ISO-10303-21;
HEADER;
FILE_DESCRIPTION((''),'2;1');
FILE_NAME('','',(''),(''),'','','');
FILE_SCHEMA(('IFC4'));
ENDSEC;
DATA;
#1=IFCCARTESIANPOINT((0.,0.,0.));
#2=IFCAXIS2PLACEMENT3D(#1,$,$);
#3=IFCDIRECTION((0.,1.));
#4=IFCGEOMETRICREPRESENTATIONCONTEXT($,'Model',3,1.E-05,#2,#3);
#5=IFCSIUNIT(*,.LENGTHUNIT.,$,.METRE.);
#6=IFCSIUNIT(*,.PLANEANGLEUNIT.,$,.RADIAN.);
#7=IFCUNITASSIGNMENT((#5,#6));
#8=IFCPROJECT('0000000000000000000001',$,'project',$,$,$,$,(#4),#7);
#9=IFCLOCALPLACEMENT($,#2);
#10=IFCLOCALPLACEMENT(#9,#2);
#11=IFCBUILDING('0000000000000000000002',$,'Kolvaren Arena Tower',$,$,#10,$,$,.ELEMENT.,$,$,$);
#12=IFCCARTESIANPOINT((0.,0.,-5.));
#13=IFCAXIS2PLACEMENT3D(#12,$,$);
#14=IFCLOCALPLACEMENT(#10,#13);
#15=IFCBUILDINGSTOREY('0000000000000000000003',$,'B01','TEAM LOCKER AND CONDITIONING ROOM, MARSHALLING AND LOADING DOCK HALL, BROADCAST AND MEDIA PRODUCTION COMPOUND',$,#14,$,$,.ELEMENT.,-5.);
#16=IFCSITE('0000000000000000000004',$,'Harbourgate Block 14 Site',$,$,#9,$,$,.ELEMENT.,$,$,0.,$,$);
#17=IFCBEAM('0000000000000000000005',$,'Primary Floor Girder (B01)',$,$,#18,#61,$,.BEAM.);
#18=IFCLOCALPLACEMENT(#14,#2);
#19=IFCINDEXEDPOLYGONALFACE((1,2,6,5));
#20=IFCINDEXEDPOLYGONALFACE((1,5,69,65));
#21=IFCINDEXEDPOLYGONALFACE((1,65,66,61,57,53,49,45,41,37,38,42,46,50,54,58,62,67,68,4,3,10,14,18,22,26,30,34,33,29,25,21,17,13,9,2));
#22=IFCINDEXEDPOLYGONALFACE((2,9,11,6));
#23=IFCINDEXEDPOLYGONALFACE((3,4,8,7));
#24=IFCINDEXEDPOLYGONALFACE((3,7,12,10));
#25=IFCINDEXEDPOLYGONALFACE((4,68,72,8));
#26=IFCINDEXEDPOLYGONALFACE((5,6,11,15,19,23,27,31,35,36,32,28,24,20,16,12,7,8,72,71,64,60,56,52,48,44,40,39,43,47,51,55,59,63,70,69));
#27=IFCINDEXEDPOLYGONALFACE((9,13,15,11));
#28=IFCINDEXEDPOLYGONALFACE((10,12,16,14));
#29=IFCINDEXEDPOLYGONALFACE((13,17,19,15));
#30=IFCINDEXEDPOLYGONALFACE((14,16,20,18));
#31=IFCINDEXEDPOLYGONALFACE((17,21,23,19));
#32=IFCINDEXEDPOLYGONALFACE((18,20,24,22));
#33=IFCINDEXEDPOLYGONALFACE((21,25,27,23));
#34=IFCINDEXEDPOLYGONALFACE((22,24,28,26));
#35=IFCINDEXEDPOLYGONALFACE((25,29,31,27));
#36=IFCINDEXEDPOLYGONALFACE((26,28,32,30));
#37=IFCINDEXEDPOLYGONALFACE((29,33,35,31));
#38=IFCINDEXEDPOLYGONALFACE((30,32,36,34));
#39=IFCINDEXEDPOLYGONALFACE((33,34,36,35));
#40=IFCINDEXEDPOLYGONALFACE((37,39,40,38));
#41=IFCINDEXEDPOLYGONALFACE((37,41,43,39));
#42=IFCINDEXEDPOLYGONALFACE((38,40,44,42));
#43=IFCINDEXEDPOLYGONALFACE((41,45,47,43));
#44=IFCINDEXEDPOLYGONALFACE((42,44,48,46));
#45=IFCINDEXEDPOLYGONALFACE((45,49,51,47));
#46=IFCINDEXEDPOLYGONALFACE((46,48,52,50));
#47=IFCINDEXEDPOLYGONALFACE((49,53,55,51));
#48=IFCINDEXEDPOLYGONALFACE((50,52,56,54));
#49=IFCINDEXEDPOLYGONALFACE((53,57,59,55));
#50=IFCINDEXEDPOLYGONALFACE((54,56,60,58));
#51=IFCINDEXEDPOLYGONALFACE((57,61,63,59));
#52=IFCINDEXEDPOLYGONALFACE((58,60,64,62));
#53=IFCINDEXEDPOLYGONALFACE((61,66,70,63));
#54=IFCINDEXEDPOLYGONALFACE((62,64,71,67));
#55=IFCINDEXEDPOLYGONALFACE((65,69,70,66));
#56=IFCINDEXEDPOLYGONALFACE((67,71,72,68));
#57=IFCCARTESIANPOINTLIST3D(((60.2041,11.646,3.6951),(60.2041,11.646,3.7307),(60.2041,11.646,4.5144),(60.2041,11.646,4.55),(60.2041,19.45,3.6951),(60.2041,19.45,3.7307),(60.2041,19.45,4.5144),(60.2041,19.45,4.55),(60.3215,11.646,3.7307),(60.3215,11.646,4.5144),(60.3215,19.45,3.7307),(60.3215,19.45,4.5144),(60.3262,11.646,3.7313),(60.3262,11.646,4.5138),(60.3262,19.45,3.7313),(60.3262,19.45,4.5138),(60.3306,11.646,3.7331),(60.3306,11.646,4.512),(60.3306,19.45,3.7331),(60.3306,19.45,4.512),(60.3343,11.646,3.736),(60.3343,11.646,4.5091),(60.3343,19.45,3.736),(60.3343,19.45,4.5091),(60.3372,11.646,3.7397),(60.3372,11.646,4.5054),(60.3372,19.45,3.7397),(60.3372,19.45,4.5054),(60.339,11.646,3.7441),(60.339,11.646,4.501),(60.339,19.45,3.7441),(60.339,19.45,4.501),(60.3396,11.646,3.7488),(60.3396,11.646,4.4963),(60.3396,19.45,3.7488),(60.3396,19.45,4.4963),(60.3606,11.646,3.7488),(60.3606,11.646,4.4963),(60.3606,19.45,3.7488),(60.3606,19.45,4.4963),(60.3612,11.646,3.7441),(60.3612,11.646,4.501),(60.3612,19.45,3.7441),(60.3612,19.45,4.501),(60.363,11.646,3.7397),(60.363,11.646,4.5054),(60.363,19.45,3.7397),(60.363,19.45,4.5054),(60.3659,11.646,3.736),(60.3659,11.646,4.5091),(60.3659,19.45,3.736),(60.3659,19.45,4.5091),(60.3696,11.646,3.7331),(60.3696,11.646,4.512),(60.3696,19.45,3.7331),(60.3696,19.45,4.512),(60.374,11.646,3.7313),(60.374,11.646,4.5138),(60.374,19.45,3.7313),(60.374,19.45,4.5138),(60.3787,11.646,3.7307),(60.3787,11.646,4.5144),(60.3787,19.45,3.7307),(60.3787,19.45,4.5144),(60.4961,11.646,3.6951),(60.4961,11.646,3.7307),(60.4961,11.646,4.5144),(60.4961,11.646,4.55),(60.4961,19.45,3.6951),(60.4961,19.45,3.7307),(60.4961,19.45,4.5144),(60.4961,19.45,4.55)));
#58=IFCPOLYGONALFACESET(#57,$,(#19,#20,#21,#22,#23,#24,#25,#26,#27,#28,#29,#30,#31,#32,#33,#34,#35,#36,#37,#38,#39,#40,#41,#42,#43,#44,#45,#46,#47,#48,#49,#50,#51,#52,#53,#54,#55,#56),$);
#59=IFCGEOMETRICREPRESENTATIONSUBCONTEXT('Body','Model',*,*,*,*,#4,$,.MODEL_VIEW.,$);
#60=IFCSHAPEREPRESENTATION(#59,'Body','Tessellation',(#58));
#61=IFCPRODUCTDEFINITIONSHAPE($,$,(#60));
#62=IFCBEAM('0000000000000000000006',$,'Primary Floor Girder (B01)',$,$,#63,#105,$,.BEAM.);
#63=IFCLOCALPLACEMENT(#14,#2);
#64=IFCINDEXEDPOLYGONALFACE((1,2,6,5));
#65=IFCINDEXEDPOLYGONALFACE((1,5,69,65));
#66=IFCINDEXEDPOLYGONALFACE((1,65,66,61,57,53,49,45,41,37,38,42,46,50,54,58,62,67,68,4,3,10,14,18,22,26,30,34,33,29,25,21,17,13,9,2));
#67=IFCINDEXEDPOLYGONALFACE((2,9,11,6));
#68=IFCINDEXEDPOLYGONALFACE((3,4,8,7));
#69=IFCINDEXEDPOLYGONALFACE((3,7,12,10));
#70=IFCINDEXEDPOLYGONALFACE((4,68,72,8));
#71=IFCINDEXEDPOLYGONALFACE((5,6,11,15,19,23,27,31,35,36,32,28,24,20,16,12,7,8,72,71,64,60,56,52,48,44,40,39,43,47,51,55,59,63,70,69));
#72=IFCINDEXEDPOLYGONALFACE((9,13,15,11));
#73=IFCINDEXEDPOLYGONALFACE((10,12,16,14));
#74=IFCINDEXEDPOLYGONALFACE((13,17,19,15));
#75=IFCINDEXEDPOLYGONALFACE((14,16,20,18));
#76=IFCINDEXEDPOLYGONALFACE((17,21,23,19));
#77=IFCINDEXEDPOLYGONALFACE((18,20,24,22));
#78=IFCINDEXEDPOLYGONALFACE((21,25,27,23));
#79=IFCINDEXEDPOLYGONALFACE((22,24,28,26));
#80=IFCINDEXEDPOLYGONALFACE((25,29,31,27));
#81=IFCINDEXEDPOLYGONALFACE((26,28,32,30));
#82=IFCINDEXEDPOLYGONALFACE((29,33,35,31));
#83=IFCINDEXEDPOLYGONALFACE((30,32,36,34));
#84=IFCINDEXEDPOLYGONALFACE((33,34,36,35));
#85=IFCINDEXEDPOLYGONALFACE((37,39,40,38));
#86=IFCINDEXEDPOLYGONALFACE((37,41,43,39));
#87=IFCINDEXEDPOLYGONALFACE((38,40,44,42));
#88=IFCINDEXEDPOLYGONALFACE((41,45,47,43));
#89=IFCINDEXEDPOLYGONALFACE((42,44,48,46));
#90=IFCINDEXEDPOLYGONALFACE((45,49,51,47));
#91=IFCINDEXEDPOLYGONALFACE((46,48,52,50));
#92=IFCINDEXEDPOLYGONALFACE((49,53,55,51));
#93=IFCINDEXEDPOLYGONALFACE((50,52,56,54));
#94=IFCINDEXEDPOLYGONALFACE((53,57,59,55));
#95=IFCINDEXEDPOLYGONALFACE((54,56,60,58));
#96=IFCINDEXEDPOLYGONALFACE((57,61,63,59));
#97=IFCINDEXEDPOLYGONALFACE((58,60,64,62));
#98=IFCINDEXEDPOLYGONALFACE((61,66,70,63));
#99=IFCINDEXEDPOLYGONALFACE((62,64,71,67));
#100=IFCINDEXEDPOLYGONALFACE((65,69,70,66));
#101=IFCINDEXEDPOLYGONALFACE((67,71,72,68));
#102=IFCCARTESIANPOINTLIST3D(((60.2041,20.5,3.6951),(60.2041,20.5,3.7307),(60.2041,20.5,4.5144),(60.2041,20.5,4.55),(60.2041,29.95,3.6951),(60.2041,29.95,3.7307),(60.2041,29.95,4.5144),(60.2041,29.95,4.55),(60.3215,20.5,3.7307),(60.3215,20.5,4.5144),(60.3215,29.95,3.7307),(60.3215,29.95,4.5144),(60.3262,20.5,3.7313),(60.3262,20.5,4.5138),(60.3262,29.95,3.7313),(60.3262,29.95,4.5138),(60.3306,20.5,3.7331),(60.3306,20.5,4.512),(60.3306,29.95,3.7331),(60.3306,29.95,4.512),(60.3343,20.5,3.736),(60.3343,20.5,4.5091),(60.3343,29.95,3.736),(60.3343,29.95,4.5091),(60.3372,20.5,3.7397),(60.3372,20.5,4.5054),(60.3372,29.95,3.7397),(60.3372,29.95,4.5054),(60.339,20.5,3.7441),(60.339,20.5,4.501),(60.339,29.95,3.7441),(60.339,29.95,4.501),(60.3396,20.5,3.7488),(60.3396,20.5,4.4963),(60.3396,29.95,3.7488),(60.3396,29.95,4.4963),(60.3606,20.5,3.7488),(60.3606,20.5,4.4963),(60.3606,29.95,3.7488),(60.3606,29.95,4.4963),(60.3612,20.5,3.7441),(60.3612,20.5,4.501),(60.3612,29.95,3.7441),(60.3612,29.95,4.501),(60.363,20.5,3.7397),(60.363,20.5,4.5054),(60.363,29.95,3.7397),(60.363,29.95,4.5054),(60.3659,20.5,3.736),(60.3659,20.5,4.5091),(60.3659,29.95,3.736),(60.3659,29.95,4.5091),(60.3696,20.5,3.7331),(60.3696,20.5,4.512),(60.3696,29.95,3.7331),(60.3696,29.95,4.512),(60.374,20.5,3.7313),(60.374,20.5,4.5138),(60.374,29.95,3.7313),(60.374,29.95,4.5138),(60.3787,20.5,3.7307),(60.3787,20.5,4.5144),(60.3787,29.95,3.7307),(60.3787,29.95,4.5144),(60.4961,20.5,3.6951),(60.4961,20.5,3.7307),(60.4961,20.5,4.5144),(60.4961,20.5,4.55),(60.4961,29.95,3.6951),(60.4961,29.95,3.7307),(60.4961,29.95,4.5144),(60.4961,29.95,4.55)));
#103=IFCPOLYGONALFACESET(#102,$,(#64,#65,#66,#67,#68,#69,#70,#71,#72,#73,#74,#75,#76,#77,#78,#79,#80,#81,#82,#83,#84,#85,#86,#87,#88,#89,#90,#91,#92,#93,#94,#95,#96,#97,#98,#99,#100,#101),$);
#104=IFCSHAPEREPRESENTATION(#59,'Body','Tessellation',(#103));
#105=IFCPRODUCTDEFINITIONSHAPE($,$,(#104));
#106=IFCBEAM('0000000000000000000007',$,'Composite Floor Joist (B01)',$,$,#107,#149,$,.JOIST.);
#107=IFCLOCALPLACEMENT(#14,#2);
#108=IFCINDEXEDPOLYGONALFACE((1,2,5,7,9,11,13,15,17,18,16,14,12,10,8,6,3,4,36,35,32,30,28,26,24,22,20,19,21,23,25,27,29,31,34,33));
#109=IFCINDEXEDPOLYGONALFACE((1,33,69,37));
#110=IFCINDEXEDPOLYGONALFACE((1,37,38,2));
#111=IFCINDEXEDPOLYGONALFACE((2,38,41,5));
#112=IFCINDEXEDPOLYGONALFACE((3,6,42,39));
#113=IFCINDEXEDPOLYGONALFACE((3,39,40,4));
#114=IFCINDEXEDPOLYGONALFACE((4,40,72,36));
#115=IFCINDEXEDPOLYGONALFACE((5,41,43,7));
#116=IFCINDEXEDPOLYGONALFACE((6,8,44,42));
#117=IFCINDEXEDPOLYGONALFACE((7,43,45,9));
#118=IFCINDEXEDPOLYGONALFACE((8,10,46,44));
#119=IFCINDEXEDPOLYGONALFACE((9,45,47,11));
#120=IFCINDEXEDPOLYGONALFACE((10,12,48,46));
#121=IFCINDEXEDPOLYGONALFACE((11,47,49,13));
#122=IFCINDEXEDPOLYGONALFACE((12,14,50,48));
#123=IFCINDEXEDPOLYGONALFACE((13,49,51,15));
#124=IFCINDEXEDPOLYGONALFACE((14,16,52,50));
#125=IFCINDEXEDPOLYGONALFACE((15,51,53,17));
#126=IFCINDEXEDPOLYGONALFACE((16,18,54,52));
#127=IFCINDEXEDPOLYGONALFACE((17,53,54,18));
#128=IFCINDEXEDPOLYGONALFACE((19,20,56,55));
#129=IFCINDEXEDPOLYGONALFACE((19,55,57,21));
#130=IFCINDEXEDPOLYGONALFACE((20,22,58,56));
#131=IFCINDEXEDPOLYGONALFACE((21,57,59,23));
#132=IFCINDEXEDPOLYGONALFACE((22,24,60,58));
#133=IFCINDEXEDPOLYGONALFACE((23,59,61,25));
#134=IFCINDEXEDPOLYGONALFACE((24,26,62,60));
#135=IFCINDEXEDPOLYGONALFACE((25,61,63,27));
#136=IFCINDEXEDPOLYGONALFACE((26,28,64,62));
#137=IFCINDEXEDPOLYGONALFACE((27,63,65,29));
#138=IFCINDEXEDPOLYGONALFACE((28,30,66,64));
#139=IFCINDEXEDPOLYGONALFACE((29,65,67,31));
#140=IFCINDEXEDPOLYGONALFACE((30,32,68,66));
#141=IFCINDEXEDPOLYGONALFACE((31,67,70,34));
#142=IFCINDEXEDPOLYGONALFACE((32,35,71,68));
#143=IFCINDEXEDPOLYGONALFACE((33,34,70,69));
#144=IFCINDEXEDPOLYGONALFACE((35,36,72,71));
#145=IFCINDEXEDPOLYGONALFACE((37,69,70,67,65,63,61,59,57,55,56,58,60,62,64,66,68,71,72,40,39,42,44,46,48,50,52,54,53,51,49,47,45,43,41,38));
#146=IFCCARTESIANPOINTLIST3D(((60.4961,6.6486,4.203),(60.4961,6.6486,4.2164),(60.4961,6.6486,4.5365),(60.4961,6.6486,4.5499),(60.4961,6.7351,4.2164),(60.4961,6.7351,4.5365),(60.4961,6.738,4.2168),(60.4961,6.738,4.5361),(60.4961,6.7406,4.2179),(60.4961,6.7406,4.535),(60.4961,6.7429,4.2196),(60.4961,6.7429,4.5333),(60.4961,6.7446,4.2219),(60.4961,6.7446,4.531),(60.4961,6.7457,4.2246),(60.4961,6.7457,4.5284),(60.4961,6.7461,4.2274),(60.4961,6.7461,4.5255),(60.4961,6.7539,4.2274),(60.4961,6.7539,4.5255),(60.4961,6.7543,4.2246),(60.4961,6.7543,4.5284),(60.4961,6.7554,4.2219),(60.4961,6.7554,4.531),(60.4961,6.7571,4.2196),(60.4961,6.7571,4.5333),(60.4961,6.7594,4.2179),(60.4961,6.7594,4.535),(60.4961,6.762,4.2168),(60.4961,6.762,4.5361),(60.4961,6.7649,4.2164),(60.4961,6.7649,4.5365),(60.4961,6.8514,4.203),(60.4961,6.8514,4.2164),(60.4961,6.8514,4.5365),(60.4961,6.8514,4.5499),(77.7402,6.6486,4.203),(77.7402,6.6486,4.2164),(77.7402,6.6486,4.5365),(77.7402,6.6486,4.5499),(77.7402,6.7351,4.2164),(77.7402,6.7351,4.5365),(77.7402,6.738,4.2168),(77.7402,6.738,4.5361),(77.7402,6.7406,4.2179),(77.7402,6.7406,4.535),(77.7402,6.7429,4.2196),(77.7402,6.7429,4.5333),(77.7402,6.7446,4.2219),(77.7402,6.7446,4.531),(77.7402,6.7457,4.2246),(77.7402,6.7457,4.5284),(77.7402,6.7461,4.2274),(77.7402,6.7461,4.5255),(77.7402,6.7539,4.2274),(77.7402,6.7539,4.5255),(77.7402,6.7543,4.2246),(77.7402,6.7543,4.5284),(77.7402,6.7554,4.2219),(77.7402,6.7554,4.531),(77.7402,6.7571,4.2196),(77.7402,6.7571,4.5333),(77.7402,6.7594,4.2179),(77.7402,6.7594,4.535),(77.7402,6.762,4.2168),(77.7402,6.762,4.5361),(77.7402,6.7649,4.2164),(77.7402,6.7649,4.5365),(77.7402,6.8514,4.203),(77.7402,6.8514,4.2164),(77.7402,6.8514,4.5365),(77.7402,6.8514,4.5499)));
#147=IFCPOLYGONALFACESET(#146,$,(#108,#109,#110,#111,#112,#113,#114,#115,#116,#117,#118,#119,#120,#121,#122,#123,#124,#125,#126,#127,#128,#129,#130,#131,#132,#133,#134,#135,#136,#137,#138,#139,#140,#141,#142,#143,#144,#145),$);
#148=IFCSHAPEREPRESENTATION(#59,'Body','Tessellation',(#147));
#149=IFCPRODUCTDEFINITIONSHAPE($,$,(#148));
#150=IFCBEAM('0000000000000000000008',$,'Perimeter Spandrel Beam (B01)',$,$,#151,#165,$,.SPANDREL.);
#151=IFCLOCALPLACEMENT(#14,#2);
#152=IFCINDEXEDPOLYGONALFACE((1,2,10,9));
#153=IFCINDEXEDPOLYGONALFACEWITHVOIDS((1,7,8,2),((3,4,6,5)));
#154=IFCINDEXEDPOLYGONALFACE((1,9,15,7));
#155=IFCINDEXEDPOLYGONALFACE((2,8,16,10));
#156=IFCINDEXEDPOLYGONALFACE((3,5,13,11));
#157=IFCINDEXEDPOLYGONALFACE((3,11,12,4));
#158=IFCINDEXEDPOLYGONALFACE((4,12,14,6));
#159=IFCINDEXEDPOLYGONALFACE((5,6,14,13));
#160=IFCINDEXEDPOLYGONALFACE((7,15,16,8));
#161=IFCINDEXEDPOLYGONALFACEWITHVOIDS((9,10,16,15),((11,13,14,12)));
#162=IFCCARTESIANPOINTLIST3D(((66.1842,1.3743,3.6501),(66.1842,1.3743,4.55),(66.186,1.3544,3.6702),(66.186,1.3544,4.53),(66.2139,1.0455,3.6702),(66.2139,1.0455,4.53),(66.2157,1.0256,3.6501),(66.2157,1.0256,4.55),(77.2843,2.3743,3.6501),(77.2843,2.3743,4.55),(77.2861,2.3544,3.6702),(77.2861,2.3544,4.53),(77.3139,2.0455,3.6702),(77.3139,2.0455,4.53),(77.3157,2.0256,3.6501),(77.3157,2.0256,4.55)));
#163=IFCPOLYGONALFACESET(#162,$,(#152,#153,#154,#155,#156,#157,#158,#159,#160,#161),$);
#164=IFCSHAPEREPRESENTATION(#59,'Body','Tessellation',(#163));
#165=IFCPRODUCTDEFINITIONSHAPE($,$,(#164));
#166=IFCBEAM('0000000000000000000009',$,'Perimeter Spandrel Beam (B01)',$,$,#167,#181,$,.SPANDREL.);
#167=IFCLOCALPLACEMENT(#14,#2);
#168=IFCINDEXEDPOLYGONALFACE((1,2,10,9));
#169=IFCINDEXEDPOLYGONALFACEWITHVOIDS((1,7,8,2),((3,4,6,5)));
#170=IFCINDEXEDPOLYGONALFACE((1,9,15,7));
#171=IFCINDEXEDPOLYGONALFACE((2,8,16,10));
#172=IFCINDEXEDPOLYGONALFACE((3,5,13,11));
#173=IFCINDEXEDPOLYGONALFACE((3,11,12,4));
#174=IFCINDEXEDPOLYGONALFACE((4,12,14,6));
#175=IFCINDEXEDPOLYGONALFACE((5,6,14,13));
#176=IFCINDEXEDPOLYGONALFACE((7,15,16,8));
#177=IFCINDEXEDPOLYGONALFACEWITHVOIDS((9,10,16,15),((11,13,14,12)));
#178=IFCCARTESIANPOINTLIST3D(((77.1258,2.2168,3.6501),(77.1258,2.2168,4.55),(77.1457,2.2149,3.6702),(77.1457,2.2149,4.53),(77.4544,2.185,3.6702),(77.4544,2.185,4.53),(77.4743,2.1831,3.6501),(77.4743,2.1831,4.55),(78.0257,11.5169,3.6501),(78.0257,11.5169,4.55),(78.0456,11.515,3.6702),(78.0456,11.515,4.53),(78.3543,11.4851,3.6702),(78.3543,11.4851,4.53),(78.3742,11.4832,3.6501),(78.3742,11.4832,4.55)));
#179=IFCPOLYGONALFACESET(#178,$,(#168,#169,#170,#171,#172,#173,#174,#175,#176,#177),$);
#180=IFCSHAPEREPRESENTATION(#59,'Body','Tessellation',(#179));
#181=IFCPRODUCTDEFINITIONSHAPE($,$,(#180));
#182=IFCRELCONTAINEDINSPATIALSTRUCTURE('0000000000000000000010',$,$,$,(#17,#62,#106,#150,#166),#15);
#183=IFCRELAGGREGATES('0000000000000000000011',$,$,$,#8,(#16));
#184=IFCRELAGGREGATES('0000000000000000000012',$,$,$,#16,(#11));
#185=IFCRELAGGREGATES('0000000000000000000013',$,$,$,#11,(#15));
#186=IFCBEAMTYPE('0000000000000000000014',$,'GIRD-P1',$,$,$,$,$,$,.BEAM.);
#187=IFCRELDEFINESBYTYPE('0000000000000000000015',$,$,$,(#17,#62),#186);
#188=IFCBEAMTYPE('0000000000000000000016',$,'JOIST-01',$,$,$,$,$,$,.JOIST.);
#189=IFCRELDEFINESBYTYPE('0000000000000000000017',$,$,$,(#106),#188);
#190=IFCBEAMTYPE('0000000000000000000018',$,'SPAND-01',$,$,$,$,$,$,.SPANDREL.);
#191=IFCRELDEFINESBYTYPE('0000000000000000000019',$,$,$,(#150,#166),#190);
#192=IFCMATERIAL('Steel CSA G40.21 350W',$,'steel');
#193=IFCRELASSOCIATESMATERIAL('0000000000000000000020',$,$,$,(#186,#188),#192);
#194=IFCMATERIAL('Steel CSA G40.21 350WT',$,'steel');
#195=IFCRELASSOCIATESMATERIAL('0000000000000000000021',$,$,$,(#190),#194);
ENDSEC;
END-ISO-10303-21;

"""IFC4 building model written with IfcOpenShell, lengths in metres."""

from ifc_helpers import new_model, si_unit, direction, frame, origin, origin_2d, place, context, subcontext, project, spatial, hollow_rectangle, i_section, extrude, material, material_profile, profile_set, type_object, element, save


model = new_model("IFC4")

# Units and contexts
model_context = context("Model", 3, precision=1e-05, world=origin(), true_north=direction((0.0, 1.0)))
body_context = subcontext(model_context, "Body", "Model", "MODEL_VIEW")
ifc_project = project(units=[si_unit("LENGTHUNIT", "METRE"), si_unit("PLANEANGLEUNIT", "RADIAN")], contexts=[model_context])

# Site, building, storey
site_placement = place(None, origin())
site = spatial("IfcSite", under=ifc_project, at=site_placement, Name="Harbourgate Block 14 Site", CompositionType="ELEMENT", RefElevation=0.0)
building_placement = place(site_placement, origin())
building = spatial("IfcBuilding", under=site, at=building_placement, Name="Kolvaren Arena Tower", CompositionType="ELEMENT")
storey_placement = place(building_placement, frame((0.0, 0.0, -5.0)))
storey = spatial("IfcBuildingStorey", under=building, at=storey_placement, Name="B01", Description="TEAM LOCKER AND CONDITIONING ROOM, MARSHALLING AND LOADING DOCK HALL, BROADCAST AND MEDIA PRODUCTION COMPOUND", CompositionType="ELEMENT", Elevation=-5.0)

# Beams
ifc_material_1 = material(Name="Steel CSA G40.21 350W", Category="steel")
ifc_material_profile_1 = material_profile(ifc_material_1, i_section(OverallWidth=0.292, OverallDepth=0.855, WebThickness=0.021, FlangeThickness=0.0356, FilletRadius=0.0181, at=origin_2d()), Name="W840x299")
ifc_profile_set_1 = profile_set([ifc_material_profile_1], Name="Steel CSA G40.21 350W")
beam_type_1 = type_object("IfcBeamType", Name="GIRD-P1", PredefinedType="BEAM", material=ifc_profile_set_1)
beam_1_placement = place(storey_placement, frame((60.3501, 11.646, 4.1226), z_axis=(0.0, 1.0, 0.0), x_axis=(-1.0, 0.0, 0.0)))
element("IfcBeam", 1, at=beam_1_placement, inside=storey, type_object=beam_type_1, Name="Primary Floor Girder (B01)", PredefinedType="BEAM", context=body_context, shape_type="SweptSolid", body=[
    extrude(i_section(OverallWidth=0.292, OverallDepth=0.855, WebThickness=0.021, FlangeThickness=0.0356, FilletRadius=0.0181, at=origin_2d()), origin(), (0.0, 0.0, 1.0), 7.804),
])
beam_2_placement = place(storey_placement, frame((60.3501, 20.5, 4.1226), z_axis=(0.0, 1.0, 0.0), x_axis=(-1.0, 0.0, 0.0)))
element("IfcBeam", 2, at=beam_2_placement, inside=storey, type_object=beam_type_1, Name="Primary Floor Girder (B01)", PredefinedType="BEAM", context=body_context, shape_type="SweptSolid", body=[
    extrude(i_section(OverallWidth=0.292, OverallDepth=0.855, WebThickness=0.021, FlangeThickness=0.0356, FilletRadius=0.0181, at=origin_2d()), origin(), (0.0, 0.0, 1.0), 9.45),
])
ifc_material_profile_2 = material_profile(ifc_material_1, i_section(OverallWidth=0.2029, OverallDepth=0.3469, WebThickness=0.0078, FlangeThickness=0.0134, FilletRadius=0.011, at=origin_2d()), Name="W360x64")
ifc_profile_set_2 = profile_set([ifc_material_profile_2], Name="Steel CSA G40.21 350W")
beam_type_2 = type_object("IfcBeamType", Name="JOIST-01", PredefinedType="JOIST", material=ifc_profile_set_2)
beam_3_placement = place(storey_placement, frame((60.4961, 6.75, 4.3765), z_axis=(1.0, 0.0, 0.0), x_axis=(0.0, 1.0, 0.0)))
element("IfcBeam", 3, at=beam_3_placement, inside=storey, type_object=beam_type_2, Name="Composite Floor Joist (B01)", PredefinedType="JOIST", context=body_context, shape_type="SweptSolid", body=[
    extrude(i_section(OverallWidth=0.2029, OverallDepth=0.3469, WebThickness=0.0078, FlangeThickness=0.0134, FilletRadius=0.011, at=origin_2d()), origin(), (0.0, 0.0, 1.0), 17.2441),
])
ifc_material_2 = material(Name="Steel CSA G40.21 350WT", Category="steel")
ifc_material_profile_3 = material_profile(ifc_material_2, hollow_rectangle(XDim=0.3501, YDim=0.8999, WallThickness=0.02, at=origin_2d()), Name="HSS 900x350x20")
ifc_profile_set_3 = profile_set([ifc_material_profile_3], Name="Steel CSA G40.21 350WT")
beam_type_3 = type_object("IfcBeamType", Name="SPAND-01", PredefinedType="SPANDREL", material=ifc_profile_set_3)
beam_4_placement = place(storey_placement, frame((66.2, 1.2, 4.1001), z_axis=(0.995966, 0.089726, 0.0), x_axis=(-0.089726, 0.995966, 0.0)))
element("IfcBeam", 4, at=beam_4_placement, inside=storey, type_object=beam_type_3, Name="Perimeter Spandrel Beam (B01)", PredefinedType="SPANDREL", context=body_context, shape_type="SweptSolid", body=[
    extrude(hollow_rectangle(XDim=0.3501, YDim=0.8999, WallThickness=0.02, at=origin_2d()), origin(), (0.0, 0.0, 1.0), 11.145),
])
beam_5_placement = place(storey_placement, frame((77.3, 2.2, 4.1001), z_axis=(0.096313, 0.995351, 0.0), x_axis=(-0.995351, 0.096313, 0.0)))
element("IfcBeam", 5, at=beam_5_placement, inside=storey, type_object=beam_type_3, Name="Perimeter Spandrel Beam (B01)", PredefinedType="SPANDREL", context=body_context, shape_type="SweptSolid", body=[
    extrude(hollow_rectangle(XDim=0.3501, YDim=0.8999, WallThickness=0.02, at=origin_2d()), origin(), (0.0, 0.0, 1.0), 9.3435),
])

save(model, "model.ifc")
